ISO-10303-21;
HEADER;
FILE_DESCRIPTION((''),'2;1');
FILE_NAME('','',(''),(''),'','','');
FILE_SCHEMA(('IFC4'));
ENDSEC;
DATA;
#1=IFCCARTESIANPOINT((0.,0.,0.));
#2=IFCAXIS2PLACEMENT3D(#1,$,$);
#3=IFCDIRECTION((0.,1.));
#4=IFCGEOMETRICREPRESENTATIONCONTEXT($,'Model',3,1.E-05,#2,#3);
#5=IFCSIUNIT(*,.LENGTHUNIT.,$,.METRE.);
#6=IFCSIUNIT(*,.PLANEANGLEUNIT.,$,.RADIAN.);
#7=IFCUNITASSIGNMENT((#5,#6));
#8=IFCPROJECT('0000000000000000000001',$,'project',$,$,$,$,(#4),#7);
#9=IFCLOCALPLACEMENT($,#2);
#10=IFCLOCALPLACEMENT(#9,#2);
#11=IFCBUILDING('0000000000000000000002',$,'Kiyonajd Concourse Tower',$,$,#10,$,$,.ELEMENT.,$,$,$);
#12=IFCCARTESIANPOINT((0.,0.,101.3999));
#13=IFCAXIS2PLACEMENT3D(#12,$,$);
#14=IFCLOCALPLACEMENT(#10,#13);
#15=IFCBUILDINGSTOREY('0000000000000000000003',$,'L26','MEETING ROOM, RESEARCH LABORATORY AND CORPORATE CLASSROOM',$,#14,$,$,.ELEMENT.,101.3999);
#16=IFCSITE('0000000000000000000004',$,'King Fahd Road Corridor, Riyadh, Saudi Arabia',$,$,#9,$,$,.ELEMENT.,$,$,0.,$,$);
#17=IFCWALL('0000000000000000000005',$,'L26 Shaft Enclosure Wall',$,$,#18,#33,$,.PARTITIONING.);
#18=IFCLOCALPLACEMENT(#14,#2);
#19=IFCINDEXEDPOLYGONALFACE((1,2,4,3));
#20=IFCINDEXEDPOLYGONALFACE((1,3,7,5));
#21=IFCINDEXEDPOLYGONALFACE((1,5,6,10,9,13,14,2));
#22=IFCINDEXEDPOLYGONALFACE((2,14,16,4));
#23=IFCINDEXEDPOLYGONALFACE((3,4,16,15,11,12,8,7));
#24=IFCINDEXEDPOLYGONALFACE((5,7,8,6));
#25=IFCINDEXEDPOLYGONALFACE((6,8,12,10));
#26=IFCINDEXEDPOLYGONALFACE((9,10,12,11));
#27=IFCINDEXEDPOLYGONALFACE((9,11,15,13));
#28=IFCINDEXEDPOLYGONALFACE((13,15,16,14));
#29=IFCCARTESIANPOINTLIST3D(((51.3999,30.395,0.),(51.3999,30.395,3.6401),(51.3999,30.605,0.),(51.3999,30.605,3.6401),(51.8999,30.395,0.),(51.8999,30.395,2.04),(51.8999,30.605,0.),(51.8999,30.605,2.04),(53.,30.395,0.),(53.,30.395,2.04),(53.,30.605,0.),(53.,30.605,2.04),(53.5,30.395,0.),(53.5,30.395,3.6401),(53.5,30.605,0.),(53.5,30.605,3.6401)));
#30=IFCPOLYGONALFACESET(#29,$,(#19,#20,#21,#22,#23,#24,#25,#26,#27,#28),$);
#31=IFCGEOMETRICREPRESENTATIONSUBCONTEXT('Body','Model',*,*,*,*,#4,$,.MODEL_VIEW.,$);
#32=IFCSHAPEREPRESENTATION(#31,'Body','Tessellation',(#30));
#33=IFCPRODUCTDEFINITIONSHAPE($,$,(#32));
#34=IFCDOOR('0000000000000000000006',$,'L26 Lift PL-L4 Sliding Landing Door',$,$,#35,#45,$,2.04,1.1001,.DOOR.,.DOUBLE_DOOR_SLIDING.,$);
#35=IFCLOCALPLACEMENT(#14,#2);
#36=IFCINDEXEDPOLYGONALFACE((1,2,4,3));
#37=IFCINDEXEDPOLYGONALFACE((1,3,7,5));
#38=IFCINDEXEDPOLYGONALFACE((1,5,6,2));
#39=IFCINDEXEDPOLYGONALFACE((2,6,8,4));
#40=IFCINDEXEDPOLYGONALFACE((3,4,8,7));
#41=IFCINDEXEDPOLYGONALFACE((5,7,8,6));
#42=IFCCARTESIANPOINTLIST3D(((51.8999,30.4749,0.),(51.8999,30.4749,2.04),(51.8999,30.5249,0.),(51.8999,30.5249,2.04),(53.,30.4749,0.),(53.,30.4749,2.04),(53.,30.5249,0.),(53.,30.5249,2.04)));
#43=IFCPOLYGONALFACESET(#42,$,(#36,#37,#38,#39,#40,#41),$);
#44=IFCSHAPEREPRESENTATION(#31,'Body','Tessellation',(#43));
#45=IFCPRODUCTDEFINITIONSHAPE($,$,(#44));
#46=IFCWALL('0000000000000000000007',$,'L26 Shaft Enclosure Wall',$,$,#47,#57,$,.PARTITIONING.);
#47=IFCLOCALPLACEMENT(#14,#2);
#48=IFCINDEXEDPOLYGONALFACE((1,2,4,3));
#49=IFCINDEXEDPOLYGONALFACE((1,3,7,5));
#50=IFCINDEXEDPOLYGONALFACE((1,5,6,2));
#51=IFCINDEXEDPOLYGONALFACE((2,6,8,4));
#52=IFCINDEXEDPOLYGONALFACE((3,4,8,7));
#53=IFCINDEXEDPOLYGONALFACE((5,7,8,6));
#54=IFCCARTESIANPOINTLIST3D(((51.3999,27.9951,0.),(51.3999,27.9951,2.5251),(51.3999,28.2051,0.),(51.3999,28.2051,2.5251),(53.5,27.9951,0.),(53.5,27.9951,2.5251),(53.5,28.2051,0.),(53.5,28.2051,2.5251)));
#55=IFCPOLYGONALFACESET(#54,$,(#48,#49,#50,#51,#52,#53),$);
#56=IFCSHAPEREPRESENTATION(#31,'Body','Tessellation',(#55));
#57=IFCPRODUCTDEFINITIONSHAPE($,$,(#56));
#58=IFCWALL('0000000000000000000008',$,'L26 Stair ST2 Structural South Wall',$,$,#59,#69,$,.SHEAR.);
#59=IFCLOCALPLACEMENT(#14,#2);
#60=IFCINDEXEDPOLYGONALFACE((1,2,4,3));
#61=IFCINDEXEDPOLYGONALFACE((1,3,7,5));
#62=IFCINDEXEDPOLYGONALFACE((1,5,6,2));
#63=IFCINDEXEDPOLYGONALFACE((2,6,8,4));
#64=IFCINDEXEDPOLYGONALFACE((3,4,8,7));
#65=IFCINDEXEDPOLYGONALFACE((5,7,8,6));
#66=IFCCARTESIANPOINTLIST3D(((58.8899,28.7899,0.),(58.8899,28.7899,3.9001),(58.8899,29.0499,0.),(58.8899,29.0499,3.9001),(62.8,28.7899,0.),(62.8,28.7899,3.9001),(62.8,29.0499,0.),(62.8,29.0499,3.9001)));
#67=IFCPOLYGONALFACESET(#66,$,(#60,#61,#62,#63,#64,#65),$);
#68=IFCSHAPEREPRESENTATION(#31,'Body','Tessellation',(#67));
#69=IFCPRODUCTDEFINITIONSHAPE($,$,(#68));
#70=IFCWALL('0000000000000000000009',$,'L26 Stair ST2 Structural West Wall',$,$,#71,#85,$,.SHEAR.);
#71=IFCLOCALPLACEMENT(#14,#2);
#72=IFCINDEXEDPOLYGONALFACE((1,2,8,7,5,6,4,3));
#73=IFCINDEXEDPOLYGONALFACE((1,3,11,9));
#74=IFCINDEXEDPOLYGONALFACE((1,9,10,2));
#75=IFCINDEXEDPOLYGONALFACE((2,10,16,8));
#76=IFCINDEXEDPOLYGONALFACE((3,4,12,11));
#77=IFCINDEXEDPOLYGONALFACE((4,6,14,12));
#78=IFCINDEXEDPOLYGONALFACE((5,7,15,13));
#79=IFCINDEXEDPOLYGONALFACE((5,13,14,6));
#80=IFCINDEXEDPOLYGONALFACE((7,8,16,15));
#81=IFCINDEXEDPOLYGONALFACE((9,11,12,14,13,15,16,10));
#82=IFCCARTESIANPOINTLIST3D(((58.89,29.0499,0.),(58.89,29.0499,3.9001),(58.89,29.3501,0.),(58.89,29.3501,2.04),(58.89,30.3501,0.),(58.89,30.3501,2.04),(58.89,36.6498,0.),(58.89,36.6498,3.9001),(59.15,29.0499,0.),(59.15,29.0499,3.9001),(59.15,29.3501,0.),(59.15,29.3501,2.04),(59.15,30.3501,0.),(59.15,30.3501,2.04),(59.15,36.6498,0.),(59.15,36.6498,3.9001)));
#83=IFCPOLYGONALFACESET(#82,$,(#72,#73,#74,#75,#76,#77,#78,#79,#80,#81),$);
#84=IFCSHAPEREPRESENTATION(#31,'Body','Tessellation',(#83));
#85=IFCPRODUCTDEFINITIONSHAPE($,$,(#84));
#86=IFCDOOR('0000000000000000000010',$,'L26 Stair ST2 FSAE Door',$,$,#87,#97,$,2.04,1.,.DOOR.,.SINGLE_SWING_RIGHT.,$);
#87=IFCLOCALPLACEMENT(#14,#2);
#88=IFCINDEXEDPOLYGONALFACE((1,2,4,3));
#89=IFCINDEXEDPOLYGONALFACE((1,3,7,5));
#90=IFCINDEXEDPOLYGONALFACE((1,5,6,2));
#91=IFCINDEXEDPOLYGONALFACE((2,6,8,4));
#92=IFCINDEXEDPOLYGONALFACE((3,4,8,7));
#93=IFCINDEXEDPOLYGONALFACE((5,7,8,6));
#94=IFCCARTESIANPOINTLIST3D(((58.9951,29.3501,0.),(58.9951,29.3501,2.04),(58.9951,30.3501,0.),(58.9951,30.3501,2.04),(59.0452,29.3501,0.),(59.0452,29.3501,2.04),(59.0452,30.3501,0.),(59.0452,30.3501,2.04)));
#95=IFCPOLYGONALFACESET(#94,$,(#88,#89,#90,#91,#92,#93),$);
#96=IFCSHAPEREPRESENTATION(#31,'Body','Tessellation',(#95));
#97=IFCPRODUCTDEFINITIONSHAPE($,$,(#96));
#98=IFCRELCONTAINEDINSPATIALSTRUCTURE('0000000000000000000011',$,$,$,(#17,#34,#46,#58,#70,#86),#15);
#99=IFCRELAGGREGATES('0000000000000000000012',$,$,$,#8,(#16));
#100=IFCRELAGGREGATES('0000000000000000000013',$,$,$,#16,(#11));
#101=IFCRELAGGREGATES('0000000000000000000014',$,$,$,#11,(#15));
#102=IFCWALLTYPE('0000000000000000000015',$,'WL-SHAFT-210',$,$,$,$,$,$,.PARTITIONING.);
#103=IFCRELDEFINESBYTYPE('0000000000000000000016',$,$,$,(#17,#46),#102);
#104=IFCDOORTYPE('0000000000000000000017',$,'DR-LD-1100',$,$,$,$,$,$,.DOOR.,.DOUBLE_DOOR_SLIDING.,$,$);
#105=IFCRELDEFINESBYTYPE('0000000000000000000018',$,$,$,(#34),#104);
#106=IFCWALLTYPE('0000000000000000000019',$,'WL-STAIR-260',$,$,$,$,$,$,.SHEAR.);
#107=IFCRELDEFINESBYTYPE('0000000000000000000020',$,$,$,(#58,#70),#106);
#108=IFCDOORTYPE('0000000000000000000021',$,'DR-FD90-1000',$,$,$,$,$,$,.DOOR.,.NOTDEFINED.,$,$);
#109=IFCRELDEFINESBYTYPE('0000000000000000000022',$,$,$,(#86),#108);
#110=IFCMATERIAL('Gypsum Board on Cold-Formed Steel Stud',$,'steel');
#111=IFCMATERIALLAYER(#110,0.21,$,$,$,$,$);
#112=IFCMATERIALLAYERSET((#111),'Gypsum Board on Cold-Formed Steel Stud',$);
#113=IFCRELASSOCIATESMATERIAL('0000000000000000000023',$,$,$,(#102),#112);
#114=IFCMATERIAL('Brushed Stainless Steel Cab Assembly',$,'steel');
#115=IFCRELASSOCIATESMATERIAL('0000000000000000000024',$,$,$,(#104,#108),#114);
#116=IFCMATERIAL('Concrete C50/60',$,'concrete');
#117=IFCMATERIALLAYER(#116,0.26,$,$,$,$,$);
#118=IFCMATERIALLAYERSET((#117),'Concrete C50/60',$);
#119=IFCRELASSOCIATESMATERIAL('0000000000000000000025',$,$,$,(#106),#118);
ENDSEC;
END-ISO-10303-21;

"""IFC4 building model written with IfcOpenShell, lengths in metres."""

from ifc_helpers import new_model, si_unit, direction, frame, frame_2d, origin, place, context, subcontext, project, spatial, rectangle, extrude, material, layer, layer_set, type_object, element, fill, save


model = new_model("IFC4")

# Units and contexts
model_context = context("Model", 3, precision=1e-05, world=origin(), true_north=direction((0.0, 1.0)))
body_context = subcontext(model_context, "Body", "Model", "MODEL_VIEW")
ifc_project = project(units=[si_unit("LENGTHUNIT", "METRE"), si_unit("PLANEANGLEUNIT", "RADIAN")], contexts=[model_context])

# Site, building, storey
site_placement = place(None, origin())
site = spatial("IfcSite", under=ifc_project, at=site_placement, Name="King Fahd Road Corridor, Riyadh, Saudi Arabia", CompositionType="ELEMENT", RefElevation=0.0)
building_placement = place(site_placement, origin())
building = spatial("IfcBuilding", under=site, at=building_placement, Name="Kiyonajd Concourse Tower", CompositionType="ELEMENT")
storey_placement = place(building_placement, frame((0.0, 0.0, 101.3999)))
storey = spatial("IfcBuildingStorey", under=building, at=storey_placement, Name="L26", Description="MEETING ROOM, RESEARCH LABORATORY AND CORPORATE CLASSROOM", CompositionType="ELEMENT", Elevation=101.3999)

# Shared definitions
ifc_material_1 = material(Name="Concrete C50/60", Category="concrete")

# Shared definitions
ifc_material_2 = material(Name="Brushed Stainless Steel Cab Assembly", Category="steel")
ifc_material_3 = material(Name="Gypsum Board on Cold-Formed Steel Stud", Category="steel")
ifc_layer_1 = layer(ifc_material_3, 0.21)
ifc_layer_set_1 = layer_set([ifc_layer_1], Name="Gypsum Board on Cold-Formed Steel Stud")
wall_type_1 = type_object("IfcWallType", Name="WL-SHAFT-210", PredefinedType="PARTITIONING", material=ifc_layer_set_1)

# Wall, opening, door
wall_1_placement = place(storey_placement, frame((51.3999, 30.5, 0.0), z_axis=(0.0, 0.0, 1.0), x_axis=(1.0, 0.0, 0.0)))
wall_1 = element("IfcWall", 1, at=wall_1_placement, inside=storey, type_object=wall_type_1, Name="L26 Shaft Enclosure Wall", PredefinedType="PARTITIONING", context=body_context, shape_type="SweptSolid", body=[
    extrude(rectangle(XDim=2.1001, YDim=0.21, at=frame_2d((1.05, 0.0))), origin(), (0.0, 0.0, 1.0), 3.6401),
])
opening_1_placement = place(wall_1_placement, frame((0.5, 0.0, 0.0)))
opening_1 = element("IfcOpeningElement", 2, at=opening_1_placement, cuts=wall_1, PredefinedType="OPENING", context=body_context, shape_type="SweptSolid", body=[
    extrude(rectangle(XDim=1.1001, YDim=2.04, at=frame_2d((0.55, 1.02))), frame((0.0, 0.115, 0.0), z_axis=(0.0, -1.0, 0.0), x_axis=(1.0, 0.0, 0.0)), (0.0, 0.0, 1.0), 0.23),
])
door_type_1 = type_object("IfcDoorType", Name="DR-LD-1100", OperationType="DOUBLE_DOOR_SLIDING", PredefinedType="DOOR", material=ifc_material_2)
door_1_placement = place(opening_1_placement, origin())
door_1 = element("IfcDoor", 3, at=door_1_placement, inside=storey, type_object=door_type_1, Name="L26 Lift PL-L4 Sliding Landing Door", OperationType="DOUBLE_DOOR_SLIDING", OverallHeight=2.04, OverallWidth=1.1001, PredefinedType="DOOR", context=body_context, shape_type="SweptSolid", body=[
    extrude(rectangle(XDim=1.1001, YDim=2.04, at=frame_2d((0.55, 1.02))), frame((0.0, 0.0249, 0.0), z_axis=(0.0, -1.0, 0.0), x_axis=(1.0, 0.0, 0.0)), (0.0, 0.0, 1.0), 0.05),
])
fill(opening_1, door_1)

# Walls
wall_2_placement = place(storey_placement, frame((51.3999, 28.1001, 0.0), z_axis=(0.0, 0.0, 1.0), x_axis=(1.0, 0.0, 0.0)))
element("IfcWall", 4, at=wall_2_placement, inside=storey, type_object=wall_type_1, Name="L26 Shaft Enclosure Wall", PredefinedType="PARTITIONING", context=body_context, shape_type="SweptSolid", body=[
    extrude(rectangle(XDim=2.1001, YDim=0.21, at=frame_2d((1.05, 0.0))), origin(), (0.0, 0.0, 1.0), 2.5251),
])
ifc_layer_2 = layer(ifc_material_1, 0.26)
ifc_layer_set_2 = layer_set([ifc_layer_2], Name="Concrete C50/60")
wall_type_2 = type_object("IfcWallType", Name="WL-STAIR-260", PredefinedType="SHEAR", material=ifc_layer_set_2)
wall_3_placement = place(storey_placement, frame((58.8899, 28.9199, 0.0), z_axis=(0.0, 0.0, 1.0), x_axis=(1.0, 0.0, 0.0)))
element("IfcWall", 5, at=wall_3_placement, inside=storey, type_object=wall_type_2, Name="L26 Stair ST2 Structural South Wall", PredefinedType="SHEAR", context=body_context, shape_type="SweptSolid", body=[
    extrude(rectangle(XDim=3.9102, YDim=0.26, at=frame_2d((1.9551, 0.0))), origin(), (0.0, 0.0, 1.0), 3.9001),
])

# Wall, opening, door
wall_4_placement = place(storey_placement, frame((59.02, 29.05, 0.0), z_axis=(0.0, 0.0, 1.0), x_axis=(0.0, 1.0, 0.0)))
wall_4 = element("IfcWall", 6, at=wall_4_placement, inside=storey, type_object=wall_type_2, Name="L26 Stair ST2 Structural West Wall", PredefinedType="SHEAR", context=body_context, shape_type="SweptSolid", body=[
    extrude(rectangle(XDim=7.5999, YDim=0.26, at=frame_2d((3.7998, 0.0))), origin(), (0.0, 0.0, 1.0), 3.9001),
])
opening_2_placement = place(wall_4_placement, frame((0.3, 0.0, 0.0)))
opening_2 = element("IfcOpeningElement", 7, at=opening_2_placement, cuts=wall_4, PredefinedType="OPENING", context=body_context, shape_type="SweptSolid", body=[
    extrude(rectangle(XDim=1.0, YDim=2.04, at=frame_2d((0.5, 1.02))), frame((0.0, 0.1399, 0.0), z_axis=(0.0, -1.0, 0.0), x_axis=(1.0, 0.0, 0.0)), (0.0, 0.0, 1.0), 0.28),
])
door_type_2 = type_object("IfcDoorType", Name="DR-FD90-1000", OperationType="NOTDEFINED", PredefinedType="DOOR", material=ifc_material_2)
door_2_placement = place(opening_2_placement, origin())
door_2 = element("IfcDoor", 8, at=door_2_placement, inside=storey, type_object=door_type_2, Name="L26 Stair ST2 FSAE Door", OperationType="SINGLE_SWING_RIGHT", OverallHeight=2.04, OverallWidth=1.0, PredefinedType="DOOR", context=body_context, shape_type="SweptSolid", body=[
    extrude(rectangle(XDim=1.0, YDim=2.04, at=frame_2d((0.5, 1.02))), frame((0.0, 0.0249, 0.0), z_axis=(0.0, -1.0, 0.0), x_axis=(1.0, 0.0, 0.0)), (0.0, 0.0, 1.0), 0.05),
])
fill(opening_2, door_2)

save(model, "model.ifc")
